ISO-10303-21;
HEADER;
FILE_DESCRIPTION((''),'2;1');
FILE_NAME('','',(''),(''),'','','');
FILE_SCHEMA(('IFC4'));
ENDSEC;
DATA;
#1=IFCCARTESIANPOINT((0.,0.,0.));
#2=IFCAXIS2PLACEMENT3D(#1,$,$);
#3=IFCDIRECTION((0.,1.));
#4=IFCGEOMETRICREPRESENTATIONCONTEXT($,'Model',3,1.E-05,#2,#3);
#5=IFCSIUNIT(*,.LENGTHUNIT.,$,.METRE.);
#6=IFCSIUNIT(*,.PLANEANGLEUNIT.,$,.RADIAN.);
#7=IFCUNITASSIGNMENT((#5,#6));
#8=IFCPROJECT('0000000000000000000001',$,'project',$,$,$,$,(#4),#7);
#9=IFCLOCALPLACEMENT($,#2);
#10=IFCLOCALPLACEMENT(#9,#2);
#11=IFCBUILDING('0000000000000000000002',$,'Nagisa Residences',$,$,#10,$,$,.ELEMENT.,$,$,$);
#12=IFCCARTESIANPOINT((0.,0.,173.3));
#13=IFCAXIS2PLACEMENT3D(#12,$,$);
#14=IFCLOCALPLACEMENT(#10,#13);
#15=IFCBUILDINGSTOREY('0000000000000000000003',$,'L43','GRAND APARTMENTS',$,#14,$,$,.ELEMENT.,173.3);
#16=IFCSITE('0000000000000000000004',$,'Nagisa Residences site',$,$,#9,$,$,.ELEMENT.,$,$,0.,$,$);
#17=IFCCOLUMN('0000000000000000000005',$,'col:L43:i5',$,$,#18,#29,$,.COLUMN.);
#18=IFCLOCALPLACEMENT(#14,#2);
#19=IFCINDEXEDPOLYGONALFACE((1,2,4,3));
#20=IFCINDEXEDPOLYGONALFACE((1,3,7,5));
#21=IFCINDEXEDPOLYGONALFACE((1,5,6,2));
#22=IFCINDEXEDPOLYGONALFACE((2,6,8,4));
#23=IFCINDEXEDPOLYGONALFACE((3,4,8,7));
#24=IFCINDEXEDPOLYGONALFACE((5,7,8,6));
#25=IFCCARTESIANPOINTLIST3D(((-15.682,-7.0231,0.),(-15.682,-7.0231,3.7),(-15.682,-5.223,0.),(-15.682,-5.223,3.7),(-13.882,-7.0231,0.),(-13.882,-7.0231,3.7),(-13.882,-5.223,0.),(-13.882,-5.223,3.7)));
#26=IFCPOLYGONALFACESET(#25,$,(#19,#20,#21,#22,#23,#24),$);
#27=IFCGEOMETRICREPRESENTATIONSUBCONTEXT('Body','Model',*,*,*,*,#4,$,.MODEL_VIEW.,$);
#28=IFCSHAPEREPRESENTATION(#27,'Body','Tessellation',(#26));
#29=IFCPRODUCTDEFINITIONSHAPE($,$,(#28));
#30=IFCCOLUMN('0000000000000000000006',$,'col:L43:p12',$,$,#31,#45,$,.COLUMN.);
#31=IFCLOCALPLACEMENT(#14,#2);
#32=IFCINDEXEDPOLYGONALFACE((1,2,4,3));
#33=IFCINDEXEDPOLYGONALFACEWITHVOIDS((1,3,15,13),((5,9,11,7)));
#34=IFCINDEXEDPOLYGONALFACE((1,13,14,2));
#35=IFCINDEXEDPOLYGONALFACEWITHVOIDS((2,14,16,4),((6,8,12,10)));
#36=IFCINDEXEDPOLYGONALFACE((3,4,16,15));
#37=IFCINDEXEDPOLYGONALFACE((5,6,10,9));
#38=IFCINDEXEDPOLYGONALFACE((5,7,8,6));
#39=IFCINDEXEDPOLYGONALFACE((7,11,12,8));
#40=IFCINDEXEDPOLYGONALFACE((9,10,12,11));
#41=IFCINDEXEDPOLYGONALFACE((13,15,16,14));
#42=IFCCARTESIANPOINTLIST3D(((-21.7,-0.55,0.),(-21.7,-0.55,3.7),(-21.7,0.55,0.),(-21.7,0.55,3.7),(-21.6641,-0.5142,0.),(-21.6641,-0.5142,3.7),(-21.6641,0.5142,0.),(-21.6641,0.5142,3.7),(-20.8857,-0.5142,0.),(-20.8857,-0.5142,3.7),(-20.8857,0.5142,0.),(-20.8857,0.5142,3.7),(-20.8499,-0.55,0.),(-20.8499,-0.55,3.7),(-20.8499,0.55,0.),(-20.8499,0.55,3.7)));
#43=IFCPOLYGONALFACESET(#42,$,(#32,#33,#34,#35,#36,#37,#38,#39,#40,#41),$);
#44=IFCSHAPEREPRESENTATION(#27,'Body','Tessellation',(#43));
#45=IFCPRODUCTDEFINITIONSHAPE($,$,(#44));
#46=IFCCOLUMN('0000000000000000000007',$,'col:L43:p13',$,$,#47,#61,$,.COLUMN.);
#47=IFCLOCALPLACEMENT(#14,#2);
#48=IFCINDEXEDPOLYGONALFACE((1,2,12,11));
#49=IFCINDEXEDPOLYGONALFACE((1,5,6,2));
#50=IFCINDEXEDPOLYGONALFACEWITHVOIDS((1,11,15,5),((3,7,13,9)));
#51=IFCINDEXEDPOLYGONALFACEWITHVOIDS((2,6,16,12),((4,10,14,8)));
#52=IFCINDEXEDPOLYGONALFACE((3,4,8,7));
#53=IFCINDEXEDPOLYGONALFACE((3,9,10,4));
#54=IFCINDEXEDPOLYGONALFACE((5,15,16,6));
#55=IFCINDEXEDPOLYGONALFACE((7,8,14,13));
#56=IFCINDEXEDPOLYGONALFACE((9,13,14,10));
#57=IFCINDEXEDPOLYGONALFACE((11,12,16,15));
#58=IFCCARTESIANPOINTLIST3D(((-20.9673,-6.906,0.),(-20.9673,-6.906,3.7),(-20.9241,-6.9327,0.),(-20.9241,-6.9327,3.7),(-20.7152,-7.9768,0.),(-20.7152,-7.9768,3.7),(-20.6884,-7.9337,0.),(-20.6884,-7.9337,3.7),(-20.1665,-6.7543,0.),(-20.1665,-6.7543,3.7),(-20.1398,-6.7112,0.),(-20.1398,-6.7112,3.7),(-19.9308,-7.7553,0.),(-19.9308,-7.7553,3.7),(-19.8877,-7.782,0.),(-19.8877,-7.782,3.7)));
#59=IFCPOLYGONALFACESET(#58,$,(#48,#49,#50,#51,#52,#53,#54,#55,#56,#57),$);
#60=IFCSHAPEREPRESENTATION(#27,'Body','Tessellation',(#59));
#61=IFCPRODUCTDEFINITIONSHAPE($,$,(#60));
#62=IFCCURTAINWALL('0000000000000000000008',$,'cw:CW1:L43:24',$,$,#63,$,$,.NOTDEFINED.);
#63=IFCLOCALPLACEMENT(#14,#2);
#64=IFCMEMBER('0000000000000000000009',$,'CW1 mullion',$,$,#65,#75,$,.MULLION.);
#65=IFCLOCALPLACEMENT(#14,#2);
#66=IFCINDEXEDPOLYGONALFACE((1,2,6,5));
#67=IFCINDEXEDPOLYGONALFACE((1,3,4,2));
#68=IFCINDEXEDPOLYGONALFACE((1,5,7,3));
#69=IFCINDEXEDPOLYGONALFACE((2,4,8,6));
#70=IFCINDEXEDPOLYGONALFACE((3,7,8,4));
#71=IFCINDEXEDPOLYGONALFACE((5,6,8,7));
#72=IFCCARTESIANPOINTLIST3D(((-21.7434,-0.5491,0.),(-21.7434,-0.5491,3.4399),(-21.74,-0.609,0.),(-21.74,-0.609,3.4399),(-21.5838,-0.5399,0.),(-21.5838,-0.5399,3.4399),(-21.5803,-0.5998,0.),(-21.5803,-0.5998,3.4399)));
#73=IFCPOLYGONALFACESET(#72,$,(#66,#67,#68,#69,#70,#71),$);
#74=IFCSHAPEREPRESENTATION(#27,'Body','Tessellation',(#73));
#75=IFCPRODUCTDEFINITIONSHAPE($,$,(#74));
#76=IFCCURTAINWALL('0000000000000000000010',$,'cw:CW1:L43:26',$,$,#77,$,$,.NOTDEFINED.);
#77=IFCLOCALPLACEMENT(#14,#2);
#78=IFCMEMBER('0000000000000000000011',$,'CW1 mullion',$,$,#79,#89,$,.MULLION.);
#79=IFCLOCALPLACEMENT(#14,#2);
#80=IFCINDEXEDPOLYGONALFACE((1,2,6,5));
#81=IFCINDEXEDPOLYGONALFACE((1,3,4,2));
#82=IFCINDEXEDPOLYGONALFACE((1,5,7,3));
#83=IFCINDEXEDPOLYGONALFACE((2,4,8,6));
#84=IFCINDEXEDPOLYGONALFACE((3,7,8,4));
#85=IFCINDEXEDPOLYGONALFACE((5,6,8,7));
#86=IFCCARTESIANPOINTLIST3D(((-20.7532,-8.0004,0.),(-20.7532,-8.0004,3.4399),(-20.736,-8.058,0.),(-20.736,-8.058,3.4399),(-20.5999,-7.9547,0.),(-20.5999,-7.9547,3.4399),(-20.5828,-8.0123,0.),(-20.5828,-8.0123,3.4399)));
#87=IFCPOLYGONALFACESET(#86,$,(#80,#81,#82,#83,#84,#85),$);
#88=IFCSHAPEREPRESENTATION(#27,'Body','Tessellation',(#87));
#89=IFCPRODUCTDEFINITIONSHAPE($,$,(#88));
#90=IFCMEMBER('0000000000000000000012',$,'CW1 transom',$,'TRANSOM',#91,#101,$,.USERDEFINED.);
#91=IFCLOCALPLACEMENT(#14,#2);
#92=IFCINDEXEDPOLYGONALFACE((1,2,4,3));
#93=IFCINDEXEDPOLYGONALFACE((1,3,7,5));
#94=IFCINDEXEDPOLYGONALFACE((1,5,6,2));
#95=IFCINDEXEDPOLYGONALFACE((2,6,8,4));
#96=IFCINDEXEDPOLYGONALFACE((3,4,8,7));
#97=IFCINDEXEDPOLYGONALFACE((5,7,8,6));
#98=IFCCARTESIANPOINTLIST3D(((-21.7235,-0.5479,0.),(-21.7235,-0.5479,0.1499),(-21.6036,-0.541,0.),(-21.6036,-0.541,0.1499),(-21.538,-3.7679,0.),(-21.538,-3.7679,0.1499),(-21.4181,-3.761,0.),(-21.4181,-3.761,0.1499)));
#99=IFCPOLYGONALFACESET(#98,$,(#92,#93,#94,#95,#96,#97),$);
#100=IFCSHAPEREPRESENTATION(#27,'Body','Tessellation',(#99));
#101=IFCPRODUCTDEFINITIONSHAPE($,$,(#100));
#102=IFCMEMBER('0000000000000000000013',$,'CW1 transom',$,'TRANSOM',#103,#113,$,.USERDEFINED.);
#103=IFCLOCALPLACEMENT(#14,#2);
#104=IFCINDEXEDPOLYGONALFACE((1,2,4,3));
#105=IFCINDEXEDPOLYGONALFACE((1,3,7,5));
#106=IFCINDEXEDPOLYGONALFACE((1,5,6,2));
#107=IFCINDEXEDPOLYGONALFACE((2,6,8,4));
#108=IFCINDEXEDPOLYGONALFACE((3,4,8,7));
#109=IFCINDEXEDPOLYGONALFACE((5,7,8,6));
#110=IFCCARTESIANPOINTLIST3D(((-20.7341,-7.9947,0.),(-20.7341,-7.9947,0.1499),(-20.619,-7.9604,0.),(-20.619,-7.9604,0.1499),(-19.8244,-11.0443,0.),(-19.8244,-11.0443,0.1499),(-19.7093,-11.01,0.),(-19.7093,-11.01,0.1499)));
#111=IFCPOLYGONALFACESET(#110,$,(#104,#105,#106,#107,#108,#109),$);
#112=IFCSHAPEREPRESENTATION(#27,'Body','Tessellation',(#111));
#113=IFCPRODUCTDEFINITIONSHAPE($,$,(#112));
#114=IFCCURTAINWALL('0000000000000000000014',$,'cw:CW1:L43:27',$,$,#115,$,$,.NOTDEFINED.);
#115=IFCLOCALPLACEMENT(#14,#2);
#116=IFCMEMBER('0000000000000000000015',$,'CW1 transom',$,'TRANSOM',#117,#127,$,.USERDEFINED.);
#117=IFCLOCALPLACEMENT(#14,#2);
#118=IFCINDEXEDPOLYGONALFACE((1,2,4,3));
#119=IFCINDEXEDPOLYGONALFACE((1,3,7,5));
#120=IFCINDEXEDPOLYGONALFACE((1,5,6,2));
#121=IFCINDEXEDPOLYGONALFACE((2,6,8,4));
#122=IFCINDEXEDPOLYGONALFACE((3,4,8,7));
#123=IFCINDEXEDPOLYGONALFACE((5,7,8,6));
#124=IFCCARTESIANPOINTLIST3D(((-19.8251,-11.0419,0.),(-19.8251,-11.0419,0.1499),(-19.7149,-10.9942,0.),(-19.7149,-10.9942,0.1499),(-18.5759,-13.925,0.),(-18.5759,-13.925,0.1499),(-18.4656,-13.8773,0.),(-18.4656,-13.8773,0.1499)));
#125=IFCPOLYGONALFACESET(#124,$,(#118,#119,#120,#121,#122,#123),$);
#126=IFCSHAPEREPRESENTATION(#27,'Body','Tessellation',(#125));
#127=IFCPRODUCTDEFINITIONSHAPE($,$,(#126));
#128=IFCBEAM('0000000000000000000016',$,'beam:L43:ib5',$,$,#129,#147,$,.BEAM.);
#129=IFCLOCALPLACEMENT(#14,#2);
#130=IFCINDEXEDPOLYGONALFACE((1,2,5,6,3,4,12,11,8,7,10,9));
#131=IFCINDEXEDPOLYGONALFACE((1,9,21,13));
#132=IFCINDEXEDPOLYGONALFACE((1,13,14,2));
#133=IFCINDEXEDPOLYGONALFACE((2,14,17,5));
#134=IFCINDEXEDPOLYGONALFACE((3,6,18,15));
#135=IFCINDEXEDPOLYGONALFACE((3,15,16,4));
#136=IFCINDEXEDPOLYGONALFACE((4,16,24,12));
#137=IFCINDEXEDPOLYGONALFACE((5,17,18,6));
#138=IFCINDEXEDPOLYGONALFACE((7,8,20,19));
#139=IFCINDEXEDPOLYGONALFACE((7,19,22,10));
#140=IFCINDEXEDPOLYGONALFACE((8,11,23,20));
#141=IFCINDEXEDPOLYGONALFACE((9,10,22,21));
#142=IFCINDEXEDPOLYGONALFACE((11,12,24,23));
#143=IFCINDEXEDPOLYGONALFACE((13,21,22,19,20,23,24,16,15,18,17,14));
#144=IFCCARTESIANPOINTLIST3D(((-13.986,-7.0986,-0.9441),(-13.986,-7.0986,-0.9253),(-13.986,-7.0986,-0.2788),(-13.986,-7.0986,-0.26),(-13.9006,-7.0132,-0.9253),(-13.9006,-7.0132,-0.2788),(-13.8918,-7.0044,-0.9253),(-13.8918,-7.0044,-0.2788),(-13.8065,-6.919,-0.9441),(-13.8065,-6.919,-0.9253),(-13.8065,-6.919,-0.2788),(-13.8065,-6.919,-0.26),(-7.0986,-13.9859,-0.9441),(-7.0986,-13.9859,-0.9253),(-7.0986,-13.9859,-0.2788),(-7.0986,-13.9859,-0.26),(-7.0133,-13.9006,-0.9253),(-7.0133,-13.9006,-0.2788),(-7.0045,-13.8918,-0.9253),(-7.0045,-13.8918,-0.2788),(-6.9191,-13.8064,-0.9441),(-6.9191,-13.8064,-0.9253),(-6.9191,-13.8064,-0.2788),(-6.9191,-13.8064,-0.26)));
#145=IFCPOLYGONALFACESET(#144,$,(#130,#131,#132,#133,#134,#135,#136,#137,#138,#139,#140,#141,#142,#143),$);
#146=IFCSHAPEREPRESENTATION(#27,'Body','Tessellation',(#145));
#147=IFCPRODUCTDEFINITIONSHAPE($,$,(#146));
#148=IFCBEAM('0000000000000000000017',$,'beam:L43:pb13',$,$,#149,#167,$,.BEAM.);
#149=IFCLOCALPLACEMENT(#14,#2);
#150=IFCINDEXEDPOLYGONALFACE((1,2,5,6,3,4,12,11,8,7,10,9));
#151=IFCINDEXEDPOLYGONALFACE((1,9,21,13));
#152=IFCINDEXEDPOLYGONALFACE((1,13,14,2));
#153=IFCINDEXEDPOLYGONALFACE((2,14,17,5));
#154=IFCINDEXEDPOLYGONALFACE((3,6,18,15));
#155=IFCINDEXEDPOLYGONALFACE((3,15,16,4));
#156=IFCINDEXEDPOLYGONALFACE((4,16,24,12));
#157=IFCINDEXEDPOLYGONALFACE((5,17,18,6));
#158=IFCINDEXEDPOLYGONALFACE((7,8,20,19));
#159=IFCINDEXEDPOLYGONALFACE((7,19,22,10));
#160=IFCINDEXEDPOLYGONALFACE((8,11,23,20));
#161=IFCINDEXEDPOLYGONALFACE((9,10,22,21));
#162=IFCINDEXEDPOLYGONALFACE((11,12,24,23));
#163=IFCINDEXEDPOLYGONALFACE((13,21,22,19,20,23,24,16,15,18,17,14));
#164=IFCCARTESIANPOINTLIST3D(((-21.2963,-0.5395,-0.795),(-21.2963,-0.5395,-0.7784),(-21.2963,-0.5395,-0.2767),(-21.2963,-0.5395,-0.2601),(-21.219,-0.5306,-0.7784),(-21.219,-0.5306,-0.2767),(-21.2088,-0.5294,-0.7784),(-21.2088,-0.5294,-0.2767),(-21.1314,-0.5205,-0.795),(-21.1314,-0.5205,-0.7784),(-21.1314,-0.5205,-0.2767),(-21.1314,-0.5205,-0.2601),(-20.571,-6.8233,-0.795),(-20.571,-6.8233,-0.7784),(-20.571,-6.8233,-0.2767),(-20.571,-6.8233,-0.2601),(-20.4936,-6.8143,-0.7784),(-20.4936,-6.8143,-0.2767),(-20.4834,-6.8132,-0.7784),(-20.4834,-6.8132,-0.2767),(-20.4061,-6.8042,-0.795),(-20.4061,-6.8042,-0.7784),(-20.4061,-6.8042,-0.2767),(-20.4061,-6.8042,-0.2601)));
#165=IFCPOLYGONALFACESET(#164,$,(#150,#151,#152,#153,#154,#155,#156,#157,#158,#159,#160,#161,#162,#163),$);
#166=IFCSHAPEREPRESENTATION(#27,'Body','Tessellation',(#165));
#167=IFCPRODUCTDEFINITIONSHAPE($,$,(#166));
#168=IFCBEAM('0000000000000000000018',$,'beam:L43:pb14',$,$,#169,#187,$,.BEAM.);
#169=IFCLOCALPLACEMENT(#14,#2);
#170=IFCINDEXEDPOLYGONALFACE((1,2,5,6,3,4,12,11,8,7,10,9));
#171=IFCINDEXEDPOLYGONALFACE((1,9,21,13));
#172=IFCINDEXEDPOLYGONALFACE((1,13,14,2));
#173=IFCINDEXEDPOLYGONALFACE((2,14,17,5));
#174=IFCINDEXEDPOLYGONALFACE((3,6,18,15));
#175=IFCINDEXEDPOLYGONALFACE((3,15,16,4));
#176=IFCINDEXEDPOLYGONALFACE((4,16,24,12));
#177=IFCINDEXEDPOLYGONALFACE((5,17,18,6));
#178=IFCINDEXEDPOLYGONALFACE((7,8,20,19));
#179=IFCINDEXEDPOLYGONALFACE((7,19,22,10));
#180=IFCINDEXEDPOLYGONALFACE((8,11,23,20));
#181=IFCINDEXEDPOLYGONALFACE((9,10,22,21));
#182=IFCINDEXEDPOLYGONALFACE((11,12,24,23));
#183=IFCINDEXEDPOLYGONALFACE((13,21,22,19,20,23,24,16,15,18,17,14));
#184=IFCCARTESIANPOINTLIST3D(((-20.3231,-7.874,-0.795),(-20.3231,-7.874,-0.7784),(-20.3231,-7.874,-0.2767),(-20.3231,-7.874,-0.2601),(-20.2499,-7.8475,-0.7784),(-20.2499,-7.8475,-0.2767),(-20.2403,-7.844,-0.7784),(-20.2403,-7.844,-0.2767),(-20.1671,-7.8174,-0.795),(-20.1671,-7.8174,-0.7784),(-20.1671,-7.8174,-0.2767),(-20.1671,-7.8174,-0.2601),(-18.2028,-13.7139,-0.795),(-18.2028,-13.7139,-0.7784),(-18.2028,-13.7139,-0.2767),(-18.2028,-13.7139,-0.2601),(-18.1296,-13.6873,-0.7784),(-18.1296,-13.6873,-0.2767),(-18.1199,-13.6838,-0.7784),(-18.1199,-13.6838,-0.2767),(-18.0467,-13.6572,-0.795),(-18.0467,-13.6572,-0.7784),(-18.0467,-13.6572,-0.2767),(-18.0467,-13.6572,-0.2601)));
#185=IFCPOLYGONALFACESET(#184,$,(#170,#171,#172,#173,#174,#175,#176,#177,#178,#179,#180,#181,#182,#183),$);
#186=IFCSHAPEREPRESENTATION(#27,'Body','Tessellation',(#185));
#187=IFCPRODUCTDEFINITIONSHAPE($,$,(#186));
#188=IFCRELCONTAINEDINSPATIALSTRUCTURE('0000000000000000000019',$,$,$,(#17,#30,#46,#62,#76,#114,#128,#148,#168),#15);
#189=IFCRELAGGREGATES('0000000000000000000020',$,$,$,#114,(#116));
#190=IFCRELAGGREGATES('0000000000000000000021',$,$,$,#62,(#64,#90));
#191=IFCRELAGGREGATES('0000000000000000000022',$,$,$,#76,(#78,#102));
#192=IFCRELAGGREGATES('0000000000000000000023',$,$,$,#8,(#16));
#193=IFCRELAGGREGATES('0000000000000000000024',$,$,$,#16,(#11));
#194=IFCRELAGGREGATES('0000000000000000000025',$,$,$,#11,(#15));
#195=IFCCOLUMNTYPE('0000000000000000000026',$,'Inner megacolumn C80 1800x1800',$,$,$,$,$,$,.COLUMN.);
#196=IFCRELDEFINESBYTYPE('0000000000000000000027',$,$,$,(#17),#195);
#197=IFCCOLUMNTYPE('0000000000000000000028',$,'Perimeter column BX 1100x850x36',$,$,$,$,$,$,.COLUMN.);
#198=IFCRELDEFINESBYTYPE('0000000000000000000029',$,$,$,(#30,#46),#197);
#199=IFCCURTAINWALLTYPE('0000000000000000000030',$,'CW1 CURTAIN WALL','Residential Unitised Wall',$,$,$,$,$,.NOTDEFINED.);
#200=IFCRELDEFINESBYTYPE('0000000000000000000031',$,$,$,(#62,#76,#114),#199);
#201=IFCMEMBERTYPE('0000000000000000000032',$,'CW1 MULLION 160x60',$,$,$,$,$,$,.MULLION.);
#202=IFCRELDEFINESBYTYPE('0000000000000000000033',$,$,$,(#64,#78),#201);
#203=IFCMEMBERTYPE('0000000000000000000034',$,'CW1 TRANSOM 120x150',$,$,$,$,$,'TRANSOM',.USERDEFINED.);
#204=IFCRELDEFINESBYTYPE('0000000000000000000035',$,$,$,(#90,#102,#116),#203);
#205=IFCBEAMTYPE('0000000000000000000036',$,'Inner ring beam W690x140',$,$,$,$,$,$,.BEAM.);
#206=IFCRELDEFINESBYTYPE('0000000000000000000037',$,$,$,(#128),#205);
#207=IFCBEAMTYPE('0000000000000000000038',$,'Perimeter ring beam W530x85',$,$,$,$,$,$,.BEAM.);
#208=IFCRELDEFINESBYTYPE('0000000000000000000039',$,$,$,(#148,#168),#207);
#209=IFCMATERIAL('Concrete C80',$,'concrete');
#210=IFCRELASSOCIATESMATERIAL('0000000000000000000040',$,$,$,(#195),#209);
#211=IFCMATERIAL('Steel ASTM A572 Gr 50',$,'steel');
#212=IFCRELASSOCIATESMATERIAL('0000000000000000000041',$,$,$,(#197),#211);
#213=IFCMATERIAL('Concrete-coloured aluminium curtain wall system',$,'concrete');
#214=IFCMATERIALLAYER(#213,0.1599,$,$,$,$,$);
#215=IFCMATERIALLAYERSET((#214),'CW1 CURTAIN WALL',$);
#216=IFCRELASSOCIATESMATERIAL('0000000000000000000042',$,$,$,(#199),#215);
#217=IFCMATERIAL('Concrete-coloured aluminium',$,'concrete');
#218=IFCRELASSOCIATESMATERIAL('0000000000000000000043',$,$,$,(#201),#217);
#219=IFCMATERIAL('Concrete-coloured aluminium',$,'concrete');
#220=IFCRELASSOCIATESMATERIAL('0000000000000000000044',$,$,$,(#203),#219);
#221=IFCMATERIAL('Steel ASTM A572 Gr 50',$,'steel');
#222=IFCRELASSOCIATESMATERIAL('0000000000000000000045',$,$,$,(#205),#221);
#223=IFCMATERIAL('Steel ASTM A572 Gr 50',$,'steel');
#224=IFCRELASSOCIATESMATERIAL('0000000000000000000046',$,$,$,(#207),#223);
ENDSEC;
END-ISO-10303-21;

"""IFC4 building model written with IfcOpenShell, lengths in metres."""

from ifc_helpers import new_model, si_unit, direction, frame, origin, origin_2d, place, context, subcontext, project, spatial, rectangle, hollow_rectangle, i_section, extrude, material, layer, layer_set, material_profile, profile_set, type_object, element, aggregate, save


model = new_model("IFC4")

# Units and contexts
model_context = context("Model", 3, precision=1e-05, world=origin(), true_north=direction((0.0, 1.0)))
body_context = subcontext(model_context, "Body", "Model", "MODEL_VIEW")
ifc_project = project(units=[si_unit("LENGTHUNIT", "METRE"), si_unit("PLANEANGLEUNIT", "RADIAN")], contexts=[model_context])

# Site, building, storey
site_placement = place(None, origin())
site = spatial("IfcSite", under=ifc_project, at=site_placement, Name="Nagisa Residences site", CompositionType="ELEMENT", RefElevation=0.0)
building_placement = place(site_placement, origin())
building = spatial("IfcBuilding", under=site, at=building_placement, Name="Nagisa Residences", CompositionType="ELEMENT")
storey_placement = place(building_placement, frame((0.0, 0.0, 173.3)))
storey = spatial("IfcBuildingStorey", under=building, at=storey_placement, Name="L43", Description="GRAND APARTMENTS", CompositionType="ELEMENT", Elevation=173.3)

# Columns
ifc_material_1 = material(Name="Concrete C80", Category="concrete")
ifc_material_profile_1 = material_profile(ifc_material_1, rectangle(XDim=1.8, YDim=1.8, at=origin_2d()), Name="C80 1800x1800")
ifc_profile_set_1 = profile_set([ifc_material_profile_1], Name="Concrete C80")
column_type_1 = type_object("IfcColumnType", Name="Inner megacolumn C80 1800x1800", PredefinedType="COLUMN", material=ifc_profile_set_1)
column_placement = place(storey_placement, frame((-14.782, -6.123, 0.0), z_axis=(0.0, 0.0, 1.0), x_axis=(1.0, 0.0, 0.0)))
element("IfcColumn", 1, at=column_placement, inside=storey, type_object=column_type_1, Name="col:L43:i5", PredefinedType="COLUMN", context=body_context, shape_type="SweptSolid", body=[
    extrude(rectangle(XDim=1.8, YDim=1.8, at=origin_2d()), origin(), (0.0, 0.0, 1.0), 3.7),
])
ifc_material_2 = material(Name="Steel ASTM A572 Gr 50", Category="steel")
ifc_material_profile_2 = material_profile(ifc_material_2, hollow_rectangle(XDim=1.1001, YDim=0.8501, WallThickness=0.0359, at=origin_2d()), Name="BX 1100x850x36")
ifc_profile_set_2 = profile_set([ifc_material_profile_2], Name="Steel ASTM A572 Gr 50")
column_type_2 = type_object("IfcColumnType", Name="Perimeter column BX 1100x850x36", PredefinedType="COLUMN", material=ifc_profile_set_2)
for number, where, z_axis, x_axis, name in (
    (2, (-21.2749, 0.0, 0.0), (0.0, 0.0, 1.0), (0.0, -1.0, 0.0), "col:L43:p12"),
    (3, (-20.4275, -7.344, 0.0), (0.0, 0.0, 1.0), (0.229202, -0.973379, 0.0), "col:L43:p13"),
):
    element("IfcColumn", number, at=place(storey_placement, frame(where, z_axis=z_axis, x_axis=x_axis)), inside=storey, type_object=column_type_2, Name=name, PredefinedType="COLUMN", context=body_context, shape_type="SweptSolid", body=[
        extrude(hollow_rectangle(XDim=1.1001, YDim=0.8501, WallThickness=0.0359, at=origin_2d()), origin(), (0.0, 0.0, 1.0), 3.7),
    ])

# Curtain walls, members
ifc_material_3 = material(Name="Concrete-coloured aluminium curtain wall system", Category="concrete")
ifc_layer_1 = layer(ifc_material_3, 0.1599)
ifc_layer_set_1 = layer_set([ifc_layer_1], Name="CW1 CURTAIN WALL")
curtain_wall_type = type_object("IfcCurtainWallType", Name="CW1 CURTAIN WALL", Description="Residential Unitised Wall", PredefinedType="NOTDEFINED", material=ifc_layer_set_1)
curtain_wall_1_placement = place(storey_placement, origin())
curtain_wall_1 = element("IfcCurtainWall", 4, at=curtain_wall_1_placement, inside=storey, type_object=curtain_wall_type, Name="cw:CW1:L43:24", PredefinedType="NOTDEFINED")
ifc_material_4 = material(Name="Concrete-coloured aluminium", Category="concrete")
ifc_material_profile_3 = material_profile(ifc_material_4, rectangle(XDim=0.1599, YDim=0.0601, at=origin_2d()), Name="CW1 MULLION 160x60")
ifc_profile_set_3 = profile_set([ifc_material_profile_3], Name="Concrete-coloured aluminium")
member_type_1 = type_object("IfcMemberType", Name="CW1 MULLION 160x60", PredefinedType="MULLION", material=ifc_profile_set_3)
member_1_placement = place(storey_placement, frame((-21.6619, -0.5745, 0.0), z_axis=(0.0, 0.0, 1.0), x_axis=(0.998345, 0.057503, 0.0)))
member_1 = element("IfcMember", 5, at=member_1_placement, type_object=member_type_1, Name="CW1 mullion", PredefinedType="MULLION", context=body_context, shape_type="SweptSolid", body=[
    extrude(rectangle(XDim=0.1599, YDim=0.0601, at=origin_2d()), origin(), (0.0, 0.0, 1.0), 3.4399),
])
curtain_wall_2_placement = place(storey_placement, origin())
curtain_wall_2 = element("IfcCurtainWall", 6, at=curtain_wall_2_placement, inside=storey, type_object=curtain_wall_type, Name="cw:CW1:L43:26", PredefinedType="NOTDEFINED")
member_2_placement = place(storey_placement, frame((-20.668, -8.0063, 0.0), z_axis=(0.0, 0.0, 1.0), x_axis=(0.958271, 0.28586, 0.0)))
member_2 = element("IfcMember", 7, at=member_2_placement, type_object=member_type_1, Name="CW1 mullion", PredefinedType="MULLION", context=body_context, shape_type="SweptSolid", body=[
    extrude(rectangle(XDim=0.1599, YDim=0.0601, at=origin_2d()), origin(), (0.0, 0.0, 1.0), 3.4399),
])

# Members
ifc_material_5 = material(Name="Concrete-coloured aluminium", Category="concrete")
ifc_material_profile_4 = material_profile(ifc_material_5, rectangle(XDim=0.1201, YDim=0.1499, at=origin_2d()), Name="CW1 TRANSOM 120x150")
ifc_profile_set_4 = profile_set([ifc_material_profile_4], Name="Concrete-coloured aluminium")
member_type_2 = type_object("IfcMemberType", Name="CW1 TRANSOM 120x150", ElementType="TRANSOM", PredefinedType="USERDEFINED", material=ifc_profile_set_4)
member_3_placement = place(storey_placement, frame((-21.6636, -0.5444, 0.075), z_axis=(0.057528, -0.998344, 0.0), x_axis=(0.998344, 0.057528, 0.0)))
member_3 = element("IfcMember", 8, at=member_3_placement, type_object=member_type_2, Name="CW1 transom", ObjectType="TRANSOM", PredefinedType="USERDEFINED", context=body_context, shape_type="SweptSolid", body=[
    extrude(rectangle(XDim=0.1201, YDim=0.1499, at=origin_2d()), origin(), (0.0, 0.0, 1.0), 3.2253),
])
member_4_placement = place(storey_placement, frame((-20.6765, -7.9775, 0.075), z_axis=(0.285848, -0.958275, 0.0), x_axis=(0.958275, 0.285848, 0.0)))
member_4 = element("IfcMember", 9, at=member_4_placement, type_object=member_type_2, Name="CW1 transom", ObjectType="TRANSOM", PredefinedType="USERDEFINED", context=body_context, shape_type="SweptSolid", body=[
    extrude(rectangle(XDim=0.1201, YDim=0.1499, at=origin_2d()), origin(), (0.0, 0.0, 1.0), 3.1824),
])

# Curtain wall, member
curtain_wall_3_placement = place(storey_placement, origin())
curtain_wall_3 = element("IfcCurtainWall", 10, at=curtain_wall_3_placement, inside=storey, type_object=curtain_wall_type, Name="cw:CW1:L43:27", PredefinedType="NOTDEFINED")
member_5_placement = place(storey_placement, frame((-19.77, -11.0181, 0.075), z_axis=(0.397592, -0.917562, 0.0), x_axis=(0.917562, 0.397592, 0.0)))
member_5 = element("IfcMember", 11, at=member_5_placement, type_object=member_type_2, Name="CW1 transom", ObjectType="TRANSOM", PredefinedType="USERDEFINED", context=body_context, shape_type="SweptSolid", body=[
    extrude(rectangle(XDim=0.1201, YDim=0.1499, at=origin_2d()), origin(), (0.0, 0.0, 1.0), 3.1421),
])
aggregate(curtain_wall_3, [member_5])

# Beams
ifc_material_6 = material(Name="Steel ASTM A572 Gr 50", Category="steel")
ifc_material_profile_5 = material_profile(ifc_material_6, i_section(OverallWidth=0.2539, OverallDepth=0.6841, WebThickness=0.0125, FlangeThickness=0.0188, at=origin_2d()), Name="W690x140")
ifc_profile_set_5 = profile_set([ifc_material_profile_5], Name="Steel ASTM A572 Gr 50")
beam_type_1 = type_object("IfcBeamType", Name="Inner ring beam W690x140", PredefinedType="BEAM", material=ifc_profile_set_5)
beam_1_placement = place(storey_placement, frame((-13.8962, -7.0088, -0.6021), z_axis=(0.707107, -0.707107, 0.0), x_axis=(0.707107, 0.707107, 0.0)))
element("IfcBeam", 12, at=beam_1_placement, inside=storey, type_object=beam_type_1, Name="beam:L43:ib5", PredefinedType="BEAM", context=body_context, shape_type="SweptSolid", body=[
    extrude(i_section(OverallWidth=0.2539, OverallDepth=0.6841, WebThickness=0.0125, FlangeThickness=0.0188, at=origin_2d()), origin(), (0.0, 0.0, 1.0), 9.7402),
])
ifc_material_7 = material(Name="Steel ASTM A572 Gr 50", Category="steel")
ifc_material_profile_6 = material_profile(ifc_material_7, i_section(OverallWidth=0.166, OverallDepth=0.5349, WebThickness=0.0103, FlangeThickness=0.0166, at=origin_2d()), Name="W530x85")
ifc_profile_set_6 = profile_set([ifc_material_profile_6], Name="Steel ASTM A572 Gr 50")
beam_type_2 = type_object("IfcBeamType", Name="Perimeter ring beam W530x85", PredefinedType="BEAM", material=ifc_profile_set_6)
beam_2_placement = place(storey_placement, frame((-21.2139, -0.53, -0.5276), z_axis=(0.114671, -0.993404, 0.0), x_axis=(0.993404, 0.114671, 0.0)))
element("IfcBeam", 13, at=beam_2_placement, inside=storey, type_object=beam_type_2, Name="beam:L43:pb13", PredefinedType="BEAM", context=body_context, shape_type="SweptSolid", body=[
    extrude(i_section(OverallWidth=0.166, OverallDepth=0.5349, WebThickness=0.0103, FlangeThickness=0.0166, at=origin_2d()), origin(), (0.0, 0.0, 1.0), 6.3254),
])
beam_3_placement = place(storey_placement, frame((-20.2451, -7.8457, -0.5276), z_axis=(0.341286, -0.93996, 0.0), x_axis=(0.93996, 0.341286, 0.0)))
element("IfcBeam", 14, at=beam_3_placement, inside=storey, type_object=beam_type_2, Name="beam:L43:pb14", PredefinedType="BEAM", context=body_context, shape_type="SweptSolid", body=[
    extrude(i_section(OverallWidth=0.166, OverallDepth=0.5349, WebThickness=0.0103, FlangeThickness=0.0166, at=origin_2d()), origin(), (0.0, 0.0, 1.0), 6.2129),
])

aggregate(curtain_wall_1, [member_1, member_3])
aggregate(curtain_wall_2, [member_2, member_4])

save(model, "model.ifc")
